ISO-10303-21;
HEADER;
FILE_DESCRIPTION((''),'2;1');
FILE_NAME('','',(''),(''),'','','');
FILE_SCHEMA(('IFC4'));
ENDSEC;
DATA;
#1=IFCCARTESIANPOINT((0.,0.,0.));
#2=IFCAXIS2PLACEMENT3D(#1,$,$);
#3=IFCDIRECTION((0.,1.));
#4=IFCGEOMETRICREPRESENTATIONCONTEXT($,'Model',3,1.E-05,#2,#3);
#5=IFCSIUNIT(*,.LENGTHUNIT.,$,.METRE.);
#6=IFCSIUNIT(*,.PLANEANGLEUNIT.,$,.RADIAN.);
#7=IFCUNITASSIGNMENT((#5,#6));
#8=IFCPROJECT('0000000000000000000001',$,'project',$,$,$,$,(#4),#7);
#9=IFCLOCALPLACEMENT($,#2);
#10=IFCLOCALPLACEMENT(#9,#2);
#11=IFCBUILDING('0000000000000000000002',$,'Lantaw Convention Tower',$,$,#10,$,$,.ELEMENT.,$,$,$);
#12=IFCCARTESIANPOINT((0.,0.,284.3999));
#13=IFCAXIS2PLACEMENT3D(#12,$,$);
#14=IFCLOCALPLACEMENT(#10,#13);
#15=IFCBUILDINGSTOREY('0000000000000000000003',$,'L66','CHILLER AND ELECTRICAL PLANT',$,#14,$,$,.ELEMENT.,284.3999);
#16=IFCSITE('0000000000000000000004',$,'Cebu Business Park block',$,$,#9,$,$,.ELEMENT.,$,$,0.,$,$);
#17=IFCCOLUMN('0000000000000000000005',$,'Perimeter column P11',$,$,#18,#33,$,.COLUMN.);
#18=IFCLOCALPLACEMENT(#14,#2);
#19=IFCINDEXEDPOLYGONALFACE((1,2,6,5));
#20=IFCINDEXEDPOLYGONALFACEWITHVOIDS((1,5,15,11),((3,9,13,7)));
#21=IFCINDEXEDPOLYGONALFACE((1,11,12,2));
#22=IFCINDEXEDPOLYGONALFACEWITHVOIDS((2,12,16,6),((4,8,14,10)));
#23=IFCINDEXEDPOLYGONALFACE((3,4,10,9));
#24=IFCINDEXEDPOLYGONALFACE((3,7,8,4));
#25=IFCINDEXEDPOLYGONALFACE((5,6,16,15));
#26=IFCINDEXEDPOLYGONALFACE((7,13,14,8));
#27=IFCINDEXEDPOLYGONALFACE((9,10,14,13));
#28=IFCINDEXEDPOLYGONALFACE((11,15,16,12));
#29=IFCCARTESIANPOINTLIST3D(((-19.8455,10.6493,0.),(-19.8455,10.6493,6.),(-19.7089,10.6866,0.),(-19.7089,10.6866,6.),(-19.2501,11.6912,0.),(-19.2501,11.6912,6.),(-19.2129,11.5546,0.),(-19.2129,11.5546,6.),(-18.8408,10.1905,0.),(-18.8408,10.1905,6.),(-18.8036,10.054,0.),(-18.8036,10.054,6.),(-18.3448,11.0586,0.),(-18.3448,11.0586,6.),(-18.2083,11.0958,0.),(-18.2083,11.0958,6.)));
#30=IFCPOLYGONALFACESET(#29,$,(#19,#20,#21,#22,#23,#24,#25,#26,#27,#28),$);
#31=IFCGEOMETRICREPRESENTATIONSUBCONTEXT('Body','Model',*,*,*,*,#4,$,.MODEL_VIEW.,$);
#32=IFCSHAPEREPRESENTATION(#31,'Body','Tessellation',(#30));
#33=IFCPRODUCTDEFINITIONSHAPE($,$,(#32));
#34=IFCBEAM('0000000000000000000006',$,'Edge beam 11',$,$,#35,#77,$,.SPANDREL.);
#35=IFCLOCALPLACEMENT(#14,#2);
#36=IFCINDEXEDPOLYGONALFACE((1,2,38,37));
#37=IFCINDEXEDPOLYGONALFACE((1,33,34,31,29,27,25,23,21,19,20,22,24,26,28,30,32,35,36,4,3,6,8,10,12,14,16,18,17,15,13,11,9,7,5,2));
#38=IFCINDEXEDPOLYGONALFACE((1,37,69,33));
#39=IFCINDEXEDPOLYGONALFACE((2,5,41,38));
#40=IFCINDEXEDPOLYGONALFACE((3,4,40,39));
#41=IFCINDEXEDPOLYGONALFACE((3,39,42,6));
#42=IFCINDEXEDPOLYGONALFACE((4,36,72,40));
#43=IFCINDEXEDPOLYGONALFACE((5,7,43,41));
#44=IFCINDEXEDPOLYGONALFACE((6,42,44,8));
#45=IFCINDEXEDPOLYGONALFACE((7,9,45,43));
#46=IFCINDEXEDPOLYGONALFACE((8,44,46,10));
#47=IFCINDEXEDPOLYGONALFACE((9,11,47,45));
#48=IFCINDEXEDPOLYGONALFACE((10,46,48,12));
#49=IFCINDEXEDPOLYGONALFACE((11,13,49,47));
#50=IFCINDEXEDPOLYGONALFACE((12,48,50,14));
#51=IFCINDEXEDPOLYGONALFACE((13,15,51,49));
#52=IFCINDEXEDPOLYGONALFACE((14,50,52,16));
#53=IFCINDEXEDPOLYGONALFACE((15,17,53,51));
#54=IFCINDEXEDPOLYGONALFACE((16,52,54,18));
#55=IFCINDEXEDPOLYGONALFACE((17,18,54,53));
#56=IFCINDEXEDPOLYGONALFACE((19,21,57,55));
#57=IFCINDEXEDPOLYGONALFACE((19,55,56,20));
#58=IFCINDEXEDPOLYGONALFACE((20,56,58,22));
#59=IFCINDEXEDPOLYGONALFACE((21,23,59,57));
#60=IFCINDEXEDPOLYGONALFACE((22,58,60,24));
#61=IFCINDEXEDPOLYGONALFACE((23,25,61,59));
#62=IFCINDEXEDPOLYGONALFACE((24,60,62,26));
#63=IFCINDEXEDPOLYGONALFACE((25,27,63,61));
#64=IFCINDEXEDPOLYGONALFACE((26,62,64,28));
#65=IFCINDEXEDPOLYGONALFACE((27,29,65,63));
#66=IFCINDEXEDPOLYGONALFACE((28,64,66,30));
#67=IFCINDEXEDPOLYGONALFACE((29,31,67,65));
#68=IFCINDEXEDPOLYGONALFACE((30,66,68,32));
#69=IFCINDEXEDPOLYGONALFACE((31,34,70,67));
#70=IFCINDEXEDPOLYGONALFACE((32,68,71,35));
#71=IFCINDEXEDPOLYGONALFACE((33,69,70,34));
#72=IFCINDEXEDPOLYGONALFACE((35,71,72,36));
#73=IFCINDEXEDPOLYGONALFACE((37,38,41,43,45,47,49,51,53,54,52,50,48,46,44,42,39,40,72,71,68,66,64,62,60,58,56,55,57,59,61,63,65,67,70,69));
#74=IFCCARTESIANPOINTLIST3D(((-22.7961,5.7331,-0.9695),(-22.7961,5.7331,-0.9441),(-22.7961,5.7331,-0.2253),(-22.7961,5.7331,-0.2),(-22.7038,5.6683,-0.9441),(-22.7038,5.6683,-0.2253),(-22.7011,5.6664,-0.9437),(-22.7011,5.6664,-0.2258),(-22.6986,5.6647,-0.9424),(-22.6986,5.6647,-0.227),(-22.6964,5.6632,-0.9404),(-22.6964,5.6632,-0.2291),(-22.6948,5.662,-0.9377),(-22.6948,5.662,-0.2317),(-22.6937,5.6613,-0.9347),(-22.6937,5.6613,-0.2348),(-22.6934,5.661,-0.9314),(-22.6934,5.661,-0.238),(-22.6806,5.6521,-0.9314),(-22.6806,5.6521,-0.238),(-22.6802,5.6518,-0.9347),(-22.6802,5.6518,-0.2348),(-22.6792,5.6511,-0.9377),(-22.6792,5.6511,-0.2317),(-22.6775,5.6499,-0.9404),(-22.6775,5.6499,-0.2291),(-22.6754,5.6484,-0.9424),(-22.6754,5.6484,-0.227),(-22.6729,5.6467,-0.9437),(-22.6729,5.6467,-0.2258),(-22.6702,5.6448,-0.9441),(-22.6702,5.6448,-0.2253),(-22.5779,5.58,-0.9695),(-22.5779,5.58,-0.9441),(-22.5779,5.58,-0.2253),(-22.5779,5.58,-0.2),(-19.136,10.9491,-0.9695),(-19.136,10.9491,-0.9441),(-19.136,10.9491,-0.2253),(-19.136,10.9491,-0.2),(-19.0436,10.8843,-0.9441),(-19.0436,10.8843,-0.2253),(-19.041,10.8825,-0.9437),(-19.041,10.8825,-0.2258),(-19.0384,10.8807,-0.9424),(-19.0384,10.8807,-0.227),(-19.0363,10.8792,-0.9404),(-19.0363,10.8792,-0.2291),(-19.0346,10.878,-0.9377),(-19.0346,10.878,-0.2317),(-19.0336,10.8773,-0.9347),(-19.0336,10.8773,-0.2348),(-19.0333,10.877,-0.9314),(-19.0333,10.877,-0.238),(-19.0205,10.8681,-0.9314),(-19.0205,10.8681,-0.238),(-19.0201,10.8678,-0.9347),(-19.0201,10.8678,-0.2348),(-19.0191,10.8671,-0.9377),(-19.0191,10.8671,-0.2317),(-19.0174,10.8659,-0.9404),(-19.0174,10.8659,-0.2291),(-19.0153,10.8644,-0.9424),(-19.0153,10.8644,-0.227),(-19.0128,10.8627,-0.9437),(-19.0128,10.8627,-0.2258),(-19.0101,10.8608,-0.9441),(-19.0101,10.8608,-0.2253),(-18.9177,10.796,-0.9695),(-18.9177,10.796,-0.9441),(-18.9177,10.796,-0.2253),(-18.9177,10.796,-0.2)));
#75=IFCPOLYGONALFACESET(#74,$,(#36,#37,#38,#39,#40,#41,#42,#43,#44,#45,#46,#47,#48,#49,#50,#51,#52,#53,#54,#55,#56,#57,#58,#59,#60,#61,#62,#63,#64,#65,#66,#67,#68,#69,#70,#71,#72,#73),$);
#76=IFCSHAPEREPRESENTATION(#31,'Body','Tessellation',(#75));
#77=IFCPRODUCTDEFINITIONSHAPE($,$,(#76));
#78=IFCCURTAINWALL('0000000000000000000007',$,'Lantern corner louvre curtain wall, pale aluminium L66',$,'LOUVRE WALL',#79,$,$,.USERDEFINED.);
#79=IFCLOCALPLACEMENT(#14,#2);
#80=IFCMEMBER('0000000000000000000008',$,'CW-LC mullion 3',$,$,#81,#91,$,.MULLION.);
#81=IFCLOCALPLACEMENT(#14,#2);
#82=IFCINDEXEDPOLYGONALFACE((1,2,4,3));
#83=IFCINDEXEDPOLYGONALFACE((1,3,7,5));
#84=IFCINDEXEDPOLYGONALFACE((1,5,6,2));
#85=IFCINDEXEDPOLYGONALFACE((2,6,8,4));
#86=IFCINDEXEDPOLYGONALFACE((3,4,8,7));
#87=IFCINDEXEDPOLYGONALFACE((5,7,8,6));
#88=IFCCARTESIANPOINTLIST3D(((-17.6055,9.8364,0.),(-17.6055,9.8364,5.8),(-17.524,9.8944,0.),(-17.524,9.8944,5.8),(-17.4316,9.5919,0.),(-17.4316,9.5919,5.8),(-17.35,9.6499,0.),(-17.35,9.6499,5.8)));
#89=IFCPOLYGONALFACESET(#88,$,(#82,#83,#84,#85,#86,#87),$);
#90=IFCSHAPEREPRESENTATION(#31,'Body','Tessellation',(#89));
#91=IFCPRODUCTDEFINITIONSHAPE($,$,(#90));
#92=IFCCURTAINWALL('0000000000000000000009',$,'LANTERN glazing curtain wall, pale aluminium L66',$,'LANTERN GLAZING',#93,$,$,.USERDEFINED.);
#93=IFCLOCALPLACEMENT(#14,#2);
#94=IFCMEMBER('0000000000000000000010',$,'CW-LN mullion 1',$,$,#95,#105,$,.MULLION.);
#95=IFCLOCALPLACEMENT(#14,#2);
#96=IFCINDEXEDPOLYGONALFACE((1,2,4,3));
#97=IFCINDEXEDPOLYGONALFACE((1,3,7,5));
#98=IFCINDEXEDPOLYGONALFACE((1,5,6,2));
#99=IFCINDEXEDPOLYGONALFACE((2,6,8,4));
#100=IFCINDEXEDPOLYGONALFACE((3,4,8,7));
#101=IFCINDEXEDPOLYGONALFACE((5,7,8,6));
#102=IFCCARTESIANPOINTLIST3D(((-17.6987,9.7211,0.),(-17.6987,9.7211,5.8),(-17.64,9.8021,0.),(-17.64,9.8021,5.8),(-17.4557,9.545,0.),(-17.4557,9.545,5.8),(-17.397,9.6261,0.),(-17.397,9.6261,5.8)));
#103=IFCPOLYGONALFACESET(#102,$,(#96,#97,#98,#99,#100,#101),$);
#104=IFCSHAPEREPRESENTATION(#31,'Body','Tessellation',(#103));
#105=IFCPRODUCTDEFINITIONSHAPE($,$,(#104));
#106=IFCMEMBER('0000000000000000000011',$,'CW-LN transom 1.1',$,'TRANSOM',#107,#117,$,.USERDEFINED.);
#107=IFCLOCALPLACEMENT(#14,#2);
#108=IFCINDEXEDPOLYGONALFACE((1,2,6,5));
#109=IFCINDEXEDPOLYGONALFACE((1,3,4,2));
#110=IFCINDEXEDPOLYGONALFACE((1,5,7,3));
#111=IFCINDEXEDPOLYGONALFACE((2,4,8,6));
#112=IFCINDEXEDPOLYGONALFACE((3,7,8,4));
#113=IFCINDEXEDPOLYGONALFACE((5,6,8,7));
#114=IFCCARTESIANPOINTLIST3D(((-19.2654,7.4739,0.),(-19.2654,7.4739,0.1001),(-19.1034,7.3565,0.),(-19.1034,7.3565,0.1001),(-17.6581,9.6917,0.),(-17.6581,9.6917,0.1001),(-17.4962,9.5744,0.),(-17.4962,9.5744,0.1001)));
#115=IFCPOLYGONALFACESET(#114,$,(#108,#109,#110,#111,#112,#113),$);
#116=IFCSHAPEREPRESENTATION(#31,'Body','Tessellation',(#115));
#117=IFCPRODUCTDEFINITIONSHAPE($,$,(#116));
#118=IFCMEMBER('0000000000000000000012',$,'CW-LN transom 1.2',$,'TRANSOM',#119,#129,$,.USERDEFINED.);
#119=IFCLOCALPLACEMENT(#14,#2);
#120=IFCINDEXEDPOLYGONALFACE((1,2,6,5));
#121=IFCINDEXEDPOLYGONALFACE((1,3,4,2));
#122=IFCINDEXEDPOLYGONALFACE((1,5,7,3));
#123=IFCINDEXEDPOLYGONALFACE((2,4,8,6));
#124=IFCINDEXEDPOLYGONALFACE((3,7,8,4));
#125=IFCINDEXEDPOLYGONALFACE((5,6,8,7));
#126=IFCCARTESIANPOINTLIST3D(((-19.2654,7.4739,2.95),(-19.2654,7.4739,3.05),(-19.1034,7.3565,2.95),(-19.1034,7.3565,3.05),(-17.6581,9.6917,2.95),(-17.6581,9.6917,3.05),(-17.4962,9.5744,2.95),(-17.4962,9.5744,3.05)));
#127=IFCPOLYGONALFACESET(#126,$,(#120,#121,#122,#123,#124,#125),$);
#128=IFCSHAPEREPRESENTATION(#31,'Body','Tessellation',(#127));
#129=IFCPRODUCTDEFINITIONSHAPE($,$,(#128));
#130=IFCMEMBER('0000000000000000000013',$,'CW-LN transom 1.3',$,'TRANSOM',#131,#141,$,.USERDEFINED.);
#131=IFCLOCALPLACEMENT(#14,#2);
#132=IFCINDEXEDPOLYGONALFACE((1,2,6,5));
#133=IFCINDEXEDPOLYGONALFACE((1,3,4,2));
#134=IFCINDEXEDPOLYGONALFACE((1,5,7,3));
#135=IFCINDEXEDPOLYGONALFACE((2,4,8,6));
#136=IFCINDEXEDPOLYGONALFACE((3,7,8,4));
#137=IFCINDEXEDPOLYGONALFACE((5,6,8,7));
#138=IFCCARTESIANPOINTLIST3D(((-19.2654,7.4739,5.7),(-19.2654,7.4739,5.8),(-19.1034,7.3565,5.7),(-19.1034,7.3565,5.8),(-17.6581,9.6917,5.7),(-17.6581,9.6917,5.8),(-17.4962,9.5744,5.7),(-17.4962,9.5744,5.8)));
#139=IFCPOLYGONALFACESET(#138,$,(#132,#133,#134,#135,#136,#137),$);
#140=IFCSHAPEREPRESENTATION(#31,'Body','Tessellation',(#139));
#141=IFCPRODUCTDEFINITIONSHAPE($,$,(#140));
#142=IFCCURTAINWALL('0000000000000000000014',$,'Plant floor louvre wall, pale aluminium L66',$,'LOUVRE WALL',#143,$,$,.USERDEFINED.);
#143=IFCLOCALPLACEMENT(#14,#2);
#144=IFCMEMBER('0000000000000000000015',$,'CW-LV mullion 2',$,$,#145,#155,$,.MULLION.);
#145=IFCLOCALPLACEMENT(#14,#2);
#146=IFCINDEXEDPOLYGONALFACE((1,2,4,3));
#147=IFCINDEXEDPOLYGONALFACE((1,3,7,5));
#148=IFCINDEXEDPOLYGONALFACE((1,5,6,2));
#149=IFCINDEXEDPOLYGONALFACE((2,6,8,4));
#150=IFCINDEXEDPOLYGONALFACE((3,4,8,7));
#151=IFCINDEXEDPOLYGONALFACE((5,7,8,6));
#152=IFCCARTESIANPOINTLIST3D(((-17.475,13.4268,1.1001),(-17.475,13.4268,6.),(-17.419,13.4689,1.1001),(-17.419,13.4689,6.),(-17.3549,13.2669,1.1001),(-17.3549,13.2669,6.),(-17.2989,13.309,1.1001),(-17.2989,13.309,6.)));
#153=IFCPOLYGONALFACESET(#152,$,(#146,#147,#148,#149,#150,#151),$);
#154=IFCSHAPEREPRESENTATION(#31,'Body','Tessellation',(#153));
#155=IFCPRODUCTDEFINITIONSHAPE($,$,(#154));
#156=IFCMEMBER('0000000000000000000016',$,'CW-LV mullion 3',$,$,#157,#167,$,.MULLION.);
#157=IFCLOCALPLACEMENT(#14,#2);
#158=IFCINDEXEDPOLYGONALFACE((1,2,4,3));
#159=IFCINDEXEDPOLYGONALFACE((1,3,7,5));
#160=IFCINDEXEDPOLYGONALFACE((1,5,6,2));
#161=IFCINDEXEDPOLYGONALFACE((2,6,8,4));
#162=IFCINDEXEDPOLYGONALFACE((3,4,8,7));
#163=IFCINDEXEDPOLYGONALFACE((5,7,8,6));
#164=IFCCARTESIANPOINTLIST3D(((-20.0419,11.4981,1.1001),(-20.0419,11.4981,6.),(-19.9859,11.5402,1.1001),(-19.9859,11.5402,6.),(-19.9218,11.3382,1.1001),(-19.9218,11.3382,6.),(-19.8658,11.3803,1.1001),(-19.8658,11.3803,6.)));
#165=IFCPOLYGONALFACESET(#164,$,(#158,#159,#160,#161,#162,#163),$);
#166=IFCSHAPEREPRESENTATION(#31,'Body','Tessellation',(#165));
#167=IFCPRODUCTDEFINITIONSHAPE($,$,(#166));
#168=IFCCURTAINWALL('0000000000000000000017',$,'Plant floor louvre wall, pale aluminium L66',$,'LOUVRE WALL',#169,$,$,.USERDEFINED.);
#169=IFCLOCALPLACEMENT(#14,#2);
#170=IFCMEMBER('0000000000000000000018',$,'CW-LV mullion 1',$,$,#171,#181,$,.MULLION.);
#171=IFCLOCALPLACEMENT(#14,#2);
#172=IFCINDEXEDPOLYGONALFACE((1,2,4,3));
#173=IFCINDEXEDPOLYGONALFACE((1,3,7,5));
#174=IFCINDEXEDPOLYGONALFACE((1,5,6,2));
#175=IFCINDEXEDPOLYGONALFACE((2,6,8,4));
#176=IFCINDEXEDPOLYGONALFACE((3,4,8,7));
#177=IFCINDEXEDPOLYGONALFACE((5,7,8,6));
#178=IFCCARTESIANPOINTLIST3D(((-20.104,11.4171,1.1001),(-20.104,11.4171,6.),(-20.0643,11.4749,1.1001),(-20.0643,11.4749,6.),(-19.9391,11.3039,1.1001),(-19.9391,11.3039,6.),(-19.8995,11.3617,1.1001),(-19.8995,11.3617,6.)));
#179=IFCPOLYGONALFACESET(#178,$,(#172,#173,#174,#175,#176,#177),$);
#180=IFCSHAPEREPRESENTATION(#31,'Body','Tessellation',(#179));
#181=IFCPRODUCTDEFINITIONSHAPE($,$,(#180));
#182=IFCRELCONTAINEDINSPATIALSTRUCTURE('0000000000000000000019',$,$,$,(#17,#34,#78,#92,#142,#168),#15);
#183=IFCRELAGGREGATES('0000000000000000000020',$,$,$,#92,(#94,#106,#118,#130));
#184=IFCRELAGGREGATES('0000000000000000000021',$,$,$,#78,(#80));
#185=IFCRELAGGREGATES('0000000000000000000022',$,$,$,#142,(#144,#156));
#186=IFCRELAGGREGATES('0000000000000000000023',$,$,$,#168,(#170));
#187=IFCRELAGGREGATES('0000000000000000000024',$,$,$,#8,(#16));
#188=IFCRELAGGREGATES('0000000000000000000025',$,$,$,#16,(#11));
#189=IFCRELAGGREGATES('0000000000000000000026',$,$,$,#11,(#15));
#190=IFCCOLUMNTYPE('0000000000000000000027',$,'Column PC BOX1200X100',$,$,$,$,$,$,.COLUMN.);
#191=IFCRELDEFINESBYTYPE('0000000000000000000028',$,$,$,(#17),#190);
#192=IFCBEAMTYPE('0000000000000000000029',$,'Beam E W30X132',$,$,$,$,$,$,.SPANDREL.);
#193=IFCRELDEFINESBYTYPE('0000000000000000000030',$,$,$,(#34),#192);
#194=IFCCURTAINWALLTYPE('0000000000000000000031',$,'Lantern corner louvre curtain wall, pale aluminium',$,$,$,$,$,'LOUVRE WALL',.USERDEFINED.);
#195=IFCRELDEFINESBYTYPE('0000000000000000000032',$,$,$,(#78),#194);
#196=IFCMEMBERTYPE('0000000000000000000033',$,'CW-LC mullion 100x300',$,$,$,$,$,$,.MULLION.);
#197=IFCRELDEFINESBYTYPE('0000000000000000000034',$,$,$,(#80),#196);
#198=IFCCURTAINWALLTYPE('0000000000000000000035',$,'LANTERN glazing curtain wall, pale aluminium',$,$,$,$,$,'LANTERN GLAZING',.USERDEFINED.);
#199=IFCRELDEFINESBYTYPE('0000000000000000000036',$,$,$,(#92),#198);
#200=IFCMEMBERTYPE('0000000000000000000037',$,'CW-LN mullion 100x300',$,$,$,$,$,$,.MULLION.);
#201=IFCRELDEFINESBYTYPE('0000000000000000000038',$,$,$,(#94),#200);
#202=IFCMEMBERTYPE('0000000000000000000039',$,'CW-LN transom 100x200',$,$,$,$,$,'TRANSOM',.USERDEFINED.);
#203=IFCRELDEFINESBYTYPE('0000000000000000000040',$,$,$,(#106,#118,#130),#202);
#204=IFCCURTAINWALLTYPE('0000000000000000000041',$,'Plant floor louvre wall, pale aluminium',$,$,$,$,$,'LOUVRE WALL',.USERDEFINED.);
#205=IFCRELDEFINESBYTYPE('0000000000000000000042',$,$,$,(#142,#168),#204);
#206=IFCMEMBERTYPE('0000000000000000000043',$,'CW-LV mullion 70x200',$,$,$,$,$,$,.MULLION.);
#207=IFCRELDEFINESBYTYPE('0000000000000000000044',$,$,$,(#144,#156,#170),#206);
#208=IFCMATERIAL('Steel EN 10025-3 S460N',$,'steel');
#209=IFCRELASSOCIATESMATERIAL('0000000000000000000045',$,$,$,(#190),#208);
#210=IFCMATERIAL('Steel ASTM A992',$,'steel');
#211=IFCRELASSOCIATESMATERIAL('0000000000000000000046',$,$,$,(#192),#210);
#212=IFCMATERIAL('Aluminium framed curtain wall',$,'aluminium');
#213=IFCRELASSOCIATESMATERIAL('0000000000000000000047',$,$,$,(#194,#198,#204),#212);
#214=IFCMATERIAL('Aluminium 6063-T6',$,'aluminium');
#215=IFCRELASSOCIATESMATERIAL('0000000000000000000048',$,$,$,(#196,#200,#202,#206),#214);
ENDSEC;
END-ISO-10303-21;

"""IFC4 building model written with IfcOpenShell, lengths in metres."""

from ifc_helpers import new_model, si_unit, direction, frame, origin, origin_2d, place, context, subcontext, project, spatial, rectangle, hollow_rectangle, i_section, extrude, material, material_profile, profile_set, type_object, element, aggregate, save


model = new_model("IFC4")

# Units and contexts
model_context = context("Model", 3, precision=1e-05, world=origin(), true_north=direction((0.0, 1.0)))
body_context = subcontext(model_context, "Body", "Model", "MODEL_VIEW")
ifc_project = project(units=[si_unit("LENGTHUNIT", "METRE"), si_unit("PLANEANGLEUNIT", "RADIAN")], contexts=[model_context])

# Site, building, storey
site_placement = place(None, origin())
site = spatial("IfcSite", under=ifc_project, at=site_placement, Name="Cebu Business Park block", CompositionType="ELEMENT", RefElevation=0.0)
building_placement = place(site_placement, origin())
building = spatial("IfcBuilding", under=site, at=building_placement, Name="Lantaw Convention Tower", CompositionType="ELEMENT")
storey_placement = place(building_placement, frame((0.0, 0.0, 284.3999)))
storey = spatial("IfcBuildingStorey", under=building, at=storey_placement, Name="L66", Description="CHILLER AND ELECTRICAL PLANT", CompositionType="ELEMENT", Elevation=284.3999)

# Column
ifc_material_1 = material(Name="Steel EN 10025-3 S460N", Category="steel")
ifc_material_profile_1 = material_profile(ifc_material_1, hollow_rectangle(XDim=1.2, YDim=1.2, WallThickness=0.1001, at=origin_2d()), Name="BOX1200X100")
ifc_material_2 = material(Name="Concrete C60/75", Category="concrete")
ifc_material_profile_2 = material_profile(ifc_material_2, rectangle(XDim=1.0, YDim=1.0, at=origin_2d()), Name="Concrete fill of BOX1200X100")
ifc_profile_set_1 = profile_set([ifc_material_profile_1, ifc_material_profile_2], Name="Steel EN 10025-3 S460N")
column_type = type_object("IfcColumnType", Name="Column PC BOX1200X100", PredefinedType="COLUMN", material=ifc_profile_set_1)
column_placement = place(storey_placement, frame((-19.0269, 10.8726, 0.0), z_axis=(0.0, 0.0, 1.0), x_axis=(0.496139, 0.868243, 0.0)))
element("IfcColumn", 1, at=column_placement, inside=storey, type_object=column_type, Name="Perimeter column P11", PredefinedType="COLUMN", context=body_context, shape_type="SweptSolid", body=[
    extrude(hollow_rectangle(XDim=1.2, YDim=1.2, WallThickness=0.1001, at=origin_2d()), origin(), (0.0, 0.0, 1.0), 6.0),
])

# Beam
ifc_material_3 = material(Name="Steel ASTM A992", Category="steel")
ifc_material_profile_3 = material_profile(ifc_material_3, i_section(OverallWidth=0.2666, OverallDepth=0.7695, WebThickness=0.0156, FlangeThickness=0.0254, FilletRadius=0.0127, at=origin_2d()), Name="W30X132")
ifc_profile_set_2 = profile_set([ifc_material_profile_3], Name="Steel ASTM A992")
beam_type = type_object("IfcBeamType", Name="Beam E W30X132", PredefinedType="SPANDREL", material=ifc_profile_set_2)
beam_placement = place(storey_placement, frame((-19.0269, 10.8726, -0.5847), z_axis=(-0.574401, -0.818574, 0.0), x_axis=(0.818574, -0.574401, 0.0)))
element("IfcBeam", 2, at=beam_placement, inside=storey, type_object=beam_type, Name="Edge beam 11", PredefinedType="SPANDREL", context=body_context, shape_type="SweptSolid", body=[
    extrude(i_section(OverallWidth=0.2666, OverallDepth=0.7695, WebThickness=0.0156, FlangeThickness=0.0254, FilletRadius=0.0127, at=origin_2d()), origin(), (0.0, 0.0, 1.0), 6.3721),
])

# Curtain wall, member
ifc_material_4 = material(Name="Aluminium framed curtain wall", Category="aluminium")
curtain_wall_type_1 = type_object("IfcCurtainWallType", Name="Lantern corner louvre curtain wall, pale aluminium", ElementType="LOUVRE WALL", PredefinedType="USERDEFINED", material=ifc_material_4)
curtain_wall_1_placement = place(storey_placement, origin())
curtain_wall_1 = element("IfcCurtainWall", 3, at=curtain_wall_1_placement, inside=storey, type_object=curtain_wall_type_1, Name="Lantern corner louvre curtain wall, pale aluminium L66", ObjectType="LOUVRE WALL", PredefinedType="USERDEFINED")
ifc_material_5 = material(Name="Aluminium 6063-T6", Category="aluminium")
ifc_material_profile_4 = material_profile(ifc_material_5, rectangle(XDim=0.3, YDim=0.1001, at=origin_2d()), Name="CW-LC mullion 100x300")
ifc_profile_set_3 = profile_set([ifc_material_profile_4], Name="Aluminium 6063-T6")
member_type_1 = type_object("IfcMemberType", Name="CW-LC mullion 100x300", PredefinedType="MULLION", material=ifc_profile_set_3)
member_1_placement = place(storey_placement, frame((-17.4778, 9.7432, 0.0), z_axis=(0.0, 0.0, 1.0), x_axis=(0.579684, -0.814841, 0.0)))
member_1 = element("IfcMember", 4, at=member_1_placement, type_object=member_type_1, Name="CW-LC mullion 3", PredefinedType="MULLION", context=body_context, shape_type="SweptSolid", body=[
    extrude(rectangle(XDim=0.3, YDim=0.1001, at=origin_2d()), origin(), (0.0, 0.0, 1.0), 5.8),
])

# Curtain walls, members
curtain_wall_type_2 = type_object("IfcCurtainWallType", Name="LANTERN glazing curtain wall, pale aluminium", ElementType="LANTERN GLAZING", PredefinedType="USERDEFINED", material=ifc_material_4)
curtain_wall_2_placement = place(storey_placement, origin())
curtain_wall_2 = element("IfcCurtainWall", 5, at=curtain_wall_2_placement, inside=storey, type_object=curtain_wall_type_2, Name="LANTERN glazing curtain wall, pale aluminium L66", ObjectType="LANTERN GLAZING", PredefinedType="USERDEFINED")
ifc_material_profile_5 = material_profile(ifc_material_5, rectangle(XDim=0.3, YDim=0.1001, at=origin_2d()), Name="CW-LN mullion 100x300")
ifc_profile_set_4 = profile_set([ifc_material_profile_5], Name="Aluminium 6063-T6")
member_type_2 = type_object("IfcMemberType", Name="CW-LN mullion 100x300", PredefinedType="MULLION", material=ifc_profile_set_4)
member_2_placement = place(storey_placement, frame((-17.5479, 9.6736, 0.0), z_axis=(0.0, 0.0, 1.0), x_axis=(0.809742, -0.586786, 0.0)))
member_2 = element("IfcMember", 6, at=member_2_placement, type_object=member_type_2, Name="CW-LN mullion 1", PredefinedType="MULLION", context=body_context, shape_type="SweptSolid", body=[
    extrude(rectangle(XDim=0.3, YDim=0.1001, at=origin_2d()), origin(), (0.0, 0.0, 1.0), 5.8),
])
ifc_material_profile_6 = material_profile(ifc_material_5, rectangle(XDim=0.2, YDim=0.1001, at=origin_2d()), Name="CW-LN transom 100x200")
ifc_profile_set_5 = profile_set([ifc_material_profile_6], Name="Aluminium 6063-T6")
member_type_3 = type_object("IfcMemberType", Name="CW-LN transom 100x200", ElementType="TRANSOM", PredefinedType="USERDEFINED", material=ifc_profile_set_5)
member_3_placement = place(storey_placement, frame((-17.5771, 9.6331, 0.05), z_axis=(-0.586798, -0.809733, 0.0), x_axis=(0.809733, -0.586798, 0.0)))
member_3 = element("IfcMember", 7, at=member_3_placement, type_object=member_type_3, Name="CW-LN transom 1.1", ObjectType="TRANSOM", PredefinedType="USERDEFINED", context=body_context, shape_type="SweptSolid", body=[
    extrude(rectangle(XDim=0.2, YDim=0.1001, at=origin_2d()), origin(), (0.0, 0.0, 1.0), 2.739),
])
member_4_placement = place(storey_placement, frame((-17.5771, 9.6331, 3.0), z_axis=(-0.586798, -0.809733, 0.0), x_axis=(0.809733, -0.586798, 0.0)))
member_4 = element("IfcMember", 8, at=member_4_placement, type_object=member_type_3, Name="CW-LN transom 1.2", ObjectType="TRANSOM", PredefinedType="USERDEFINED", context=body_context, shape_type="SweptSolid", body=[
    extrude(rectangle(XDim=0.2, YDim=0.1001, at=origin_2d()), origin(), (0.0, 0.0, 1.0), 2.739),
])
member_5_placement = place(storey_placement, frame((-17.5771, 9.6331, 5.75), z_axis=(-0.586798, -0.809733, 0.0), x_axis=(0.809733, -0.586798, 0.0)))
member_5 = element("IfcMember", 9, at=member_5_placement, type_object=member_type_3, Name="CW-LN transom 1.3", ObjectType="TRANSOM", PredefinedType="USERDEFINED", context=body_context, shape_type="SweptSolid", body=[
    extrude(rectangle(XDim=0.2, YDim=0.1001, at=origin_2d()), origin(), (0.0, 0.0, 1.0), 2.739),
])
aggregate(curtain_wall_2, [member_2, member_3, member_4, member_5])
curtain_wall_type_3 = type_object("IfcCurtainWallType", Name="Plant floor louvre wall, pale aluminium", ElementType="LOUVRE WALL", PredefinedType="USERDEFINED", material=ifc_material_4)
curtain_wall_3_placement = place(storey_placement, origin())
curtain_wall_3 = element("IfcCurtainWall", 10, at=curtain_wall_3_placement, inside=storey, type_object=curtain_wall_type_3, Name="Plant floor louvre wall, pale aluminium L66", ObjectType="LOUVRE WALL", PredefinedType="USERDEFINED")
ifc_material_profile_7 = material_profile(ifc_material_5, rectangle(XDim=0.2, YDim=0.0701, at=origin_2d()), Name="CW-LV mullion 70x200")
ifc_profile_set_6 = profile_set([ifc_material_profile_7], Name="Aluminium 6063-T6")
member_type_4 = type_object("IfcMemberType", Name="CW-LV mullion 70x200", PredefinedType="MULLION", material=ifc_profile_set_6)
member_6_placement = place(storey_placement, frame((-17.387, 13.3679, 1.1001), z_axis=(0.0, 0.0, 1.0), x_axis=(0.600643, -0.799518, 0.0)))
member_6 = element("IfcMember", 11, at=member_6_placement, type_object=member_type_4, Name="CW-LV mullion 2", PredefinedType="MULLION", context=body_context, shape_type="SweptSolid", body=[
    extrude(rectangle(XDim=0.2, YDim=0.0701, at=origin_2d()), origin(), (0.0, 0.0, 1.0), 4.8999),
])
member_7_placement = place(storey_placement, frame((-19.9539, 11.4392, 1.1001), z_axis=(0.0, 0.0, 1.0), x_axis=(0.600643, -0.799518, 0.0)))
member_7 = element("IfcMember", 12, at=member_7_placement, type_object=member_type_4, Name="CW-LV mullion 3", PredefinedType="MULLION", context=body_context, shape_type="SweptSolid", body=[
    extrude(rectangle(XDim=0.2, YDim=0.0701, at=origin_2d()), origin(), (0.0, 0.0, 1.0), 4.8999),
])
curtain_wall_4_placement = place(storey_placement, origin())
curtain_wall_4 = element("IfcCurtainWall", 13, at=curtain_wall_4_placement, inside=storey, type_object=curtain_wall_type_3, Name="Plant floor louvre wall, pale aluminium L66", ObjectType="LOUVRE WALL", PredefinedType="USERDEFINED")
member_8_placement = place(storey_placement, frame((-20.0017, 11.3894, 1.1001), z_axis=(0.0, 0.0, 1.0), x_axis=(0.82445, -0.565935, 0.0)))
member_8 = element("IfcMember", 14, at=member_8_placement, type_object=member_type_4, Name="CW-LV mullion 1", PredefinedType="MULLION", context=body_context, shape_type="SweptSolid", body=[
    extrude(rectangle(XDim=0.2, YDim=0.0701, at=origin_2d()), origin(), (0.0, 0.0, 1.0), 4.8999),
])

aggregate(curtain_wall_1, [member_1])
aggregate(curtain_wall_3, [member_6, member_7])
aggregate(curtain_wall_4, [member_8])

save(model, "model.ifc")
